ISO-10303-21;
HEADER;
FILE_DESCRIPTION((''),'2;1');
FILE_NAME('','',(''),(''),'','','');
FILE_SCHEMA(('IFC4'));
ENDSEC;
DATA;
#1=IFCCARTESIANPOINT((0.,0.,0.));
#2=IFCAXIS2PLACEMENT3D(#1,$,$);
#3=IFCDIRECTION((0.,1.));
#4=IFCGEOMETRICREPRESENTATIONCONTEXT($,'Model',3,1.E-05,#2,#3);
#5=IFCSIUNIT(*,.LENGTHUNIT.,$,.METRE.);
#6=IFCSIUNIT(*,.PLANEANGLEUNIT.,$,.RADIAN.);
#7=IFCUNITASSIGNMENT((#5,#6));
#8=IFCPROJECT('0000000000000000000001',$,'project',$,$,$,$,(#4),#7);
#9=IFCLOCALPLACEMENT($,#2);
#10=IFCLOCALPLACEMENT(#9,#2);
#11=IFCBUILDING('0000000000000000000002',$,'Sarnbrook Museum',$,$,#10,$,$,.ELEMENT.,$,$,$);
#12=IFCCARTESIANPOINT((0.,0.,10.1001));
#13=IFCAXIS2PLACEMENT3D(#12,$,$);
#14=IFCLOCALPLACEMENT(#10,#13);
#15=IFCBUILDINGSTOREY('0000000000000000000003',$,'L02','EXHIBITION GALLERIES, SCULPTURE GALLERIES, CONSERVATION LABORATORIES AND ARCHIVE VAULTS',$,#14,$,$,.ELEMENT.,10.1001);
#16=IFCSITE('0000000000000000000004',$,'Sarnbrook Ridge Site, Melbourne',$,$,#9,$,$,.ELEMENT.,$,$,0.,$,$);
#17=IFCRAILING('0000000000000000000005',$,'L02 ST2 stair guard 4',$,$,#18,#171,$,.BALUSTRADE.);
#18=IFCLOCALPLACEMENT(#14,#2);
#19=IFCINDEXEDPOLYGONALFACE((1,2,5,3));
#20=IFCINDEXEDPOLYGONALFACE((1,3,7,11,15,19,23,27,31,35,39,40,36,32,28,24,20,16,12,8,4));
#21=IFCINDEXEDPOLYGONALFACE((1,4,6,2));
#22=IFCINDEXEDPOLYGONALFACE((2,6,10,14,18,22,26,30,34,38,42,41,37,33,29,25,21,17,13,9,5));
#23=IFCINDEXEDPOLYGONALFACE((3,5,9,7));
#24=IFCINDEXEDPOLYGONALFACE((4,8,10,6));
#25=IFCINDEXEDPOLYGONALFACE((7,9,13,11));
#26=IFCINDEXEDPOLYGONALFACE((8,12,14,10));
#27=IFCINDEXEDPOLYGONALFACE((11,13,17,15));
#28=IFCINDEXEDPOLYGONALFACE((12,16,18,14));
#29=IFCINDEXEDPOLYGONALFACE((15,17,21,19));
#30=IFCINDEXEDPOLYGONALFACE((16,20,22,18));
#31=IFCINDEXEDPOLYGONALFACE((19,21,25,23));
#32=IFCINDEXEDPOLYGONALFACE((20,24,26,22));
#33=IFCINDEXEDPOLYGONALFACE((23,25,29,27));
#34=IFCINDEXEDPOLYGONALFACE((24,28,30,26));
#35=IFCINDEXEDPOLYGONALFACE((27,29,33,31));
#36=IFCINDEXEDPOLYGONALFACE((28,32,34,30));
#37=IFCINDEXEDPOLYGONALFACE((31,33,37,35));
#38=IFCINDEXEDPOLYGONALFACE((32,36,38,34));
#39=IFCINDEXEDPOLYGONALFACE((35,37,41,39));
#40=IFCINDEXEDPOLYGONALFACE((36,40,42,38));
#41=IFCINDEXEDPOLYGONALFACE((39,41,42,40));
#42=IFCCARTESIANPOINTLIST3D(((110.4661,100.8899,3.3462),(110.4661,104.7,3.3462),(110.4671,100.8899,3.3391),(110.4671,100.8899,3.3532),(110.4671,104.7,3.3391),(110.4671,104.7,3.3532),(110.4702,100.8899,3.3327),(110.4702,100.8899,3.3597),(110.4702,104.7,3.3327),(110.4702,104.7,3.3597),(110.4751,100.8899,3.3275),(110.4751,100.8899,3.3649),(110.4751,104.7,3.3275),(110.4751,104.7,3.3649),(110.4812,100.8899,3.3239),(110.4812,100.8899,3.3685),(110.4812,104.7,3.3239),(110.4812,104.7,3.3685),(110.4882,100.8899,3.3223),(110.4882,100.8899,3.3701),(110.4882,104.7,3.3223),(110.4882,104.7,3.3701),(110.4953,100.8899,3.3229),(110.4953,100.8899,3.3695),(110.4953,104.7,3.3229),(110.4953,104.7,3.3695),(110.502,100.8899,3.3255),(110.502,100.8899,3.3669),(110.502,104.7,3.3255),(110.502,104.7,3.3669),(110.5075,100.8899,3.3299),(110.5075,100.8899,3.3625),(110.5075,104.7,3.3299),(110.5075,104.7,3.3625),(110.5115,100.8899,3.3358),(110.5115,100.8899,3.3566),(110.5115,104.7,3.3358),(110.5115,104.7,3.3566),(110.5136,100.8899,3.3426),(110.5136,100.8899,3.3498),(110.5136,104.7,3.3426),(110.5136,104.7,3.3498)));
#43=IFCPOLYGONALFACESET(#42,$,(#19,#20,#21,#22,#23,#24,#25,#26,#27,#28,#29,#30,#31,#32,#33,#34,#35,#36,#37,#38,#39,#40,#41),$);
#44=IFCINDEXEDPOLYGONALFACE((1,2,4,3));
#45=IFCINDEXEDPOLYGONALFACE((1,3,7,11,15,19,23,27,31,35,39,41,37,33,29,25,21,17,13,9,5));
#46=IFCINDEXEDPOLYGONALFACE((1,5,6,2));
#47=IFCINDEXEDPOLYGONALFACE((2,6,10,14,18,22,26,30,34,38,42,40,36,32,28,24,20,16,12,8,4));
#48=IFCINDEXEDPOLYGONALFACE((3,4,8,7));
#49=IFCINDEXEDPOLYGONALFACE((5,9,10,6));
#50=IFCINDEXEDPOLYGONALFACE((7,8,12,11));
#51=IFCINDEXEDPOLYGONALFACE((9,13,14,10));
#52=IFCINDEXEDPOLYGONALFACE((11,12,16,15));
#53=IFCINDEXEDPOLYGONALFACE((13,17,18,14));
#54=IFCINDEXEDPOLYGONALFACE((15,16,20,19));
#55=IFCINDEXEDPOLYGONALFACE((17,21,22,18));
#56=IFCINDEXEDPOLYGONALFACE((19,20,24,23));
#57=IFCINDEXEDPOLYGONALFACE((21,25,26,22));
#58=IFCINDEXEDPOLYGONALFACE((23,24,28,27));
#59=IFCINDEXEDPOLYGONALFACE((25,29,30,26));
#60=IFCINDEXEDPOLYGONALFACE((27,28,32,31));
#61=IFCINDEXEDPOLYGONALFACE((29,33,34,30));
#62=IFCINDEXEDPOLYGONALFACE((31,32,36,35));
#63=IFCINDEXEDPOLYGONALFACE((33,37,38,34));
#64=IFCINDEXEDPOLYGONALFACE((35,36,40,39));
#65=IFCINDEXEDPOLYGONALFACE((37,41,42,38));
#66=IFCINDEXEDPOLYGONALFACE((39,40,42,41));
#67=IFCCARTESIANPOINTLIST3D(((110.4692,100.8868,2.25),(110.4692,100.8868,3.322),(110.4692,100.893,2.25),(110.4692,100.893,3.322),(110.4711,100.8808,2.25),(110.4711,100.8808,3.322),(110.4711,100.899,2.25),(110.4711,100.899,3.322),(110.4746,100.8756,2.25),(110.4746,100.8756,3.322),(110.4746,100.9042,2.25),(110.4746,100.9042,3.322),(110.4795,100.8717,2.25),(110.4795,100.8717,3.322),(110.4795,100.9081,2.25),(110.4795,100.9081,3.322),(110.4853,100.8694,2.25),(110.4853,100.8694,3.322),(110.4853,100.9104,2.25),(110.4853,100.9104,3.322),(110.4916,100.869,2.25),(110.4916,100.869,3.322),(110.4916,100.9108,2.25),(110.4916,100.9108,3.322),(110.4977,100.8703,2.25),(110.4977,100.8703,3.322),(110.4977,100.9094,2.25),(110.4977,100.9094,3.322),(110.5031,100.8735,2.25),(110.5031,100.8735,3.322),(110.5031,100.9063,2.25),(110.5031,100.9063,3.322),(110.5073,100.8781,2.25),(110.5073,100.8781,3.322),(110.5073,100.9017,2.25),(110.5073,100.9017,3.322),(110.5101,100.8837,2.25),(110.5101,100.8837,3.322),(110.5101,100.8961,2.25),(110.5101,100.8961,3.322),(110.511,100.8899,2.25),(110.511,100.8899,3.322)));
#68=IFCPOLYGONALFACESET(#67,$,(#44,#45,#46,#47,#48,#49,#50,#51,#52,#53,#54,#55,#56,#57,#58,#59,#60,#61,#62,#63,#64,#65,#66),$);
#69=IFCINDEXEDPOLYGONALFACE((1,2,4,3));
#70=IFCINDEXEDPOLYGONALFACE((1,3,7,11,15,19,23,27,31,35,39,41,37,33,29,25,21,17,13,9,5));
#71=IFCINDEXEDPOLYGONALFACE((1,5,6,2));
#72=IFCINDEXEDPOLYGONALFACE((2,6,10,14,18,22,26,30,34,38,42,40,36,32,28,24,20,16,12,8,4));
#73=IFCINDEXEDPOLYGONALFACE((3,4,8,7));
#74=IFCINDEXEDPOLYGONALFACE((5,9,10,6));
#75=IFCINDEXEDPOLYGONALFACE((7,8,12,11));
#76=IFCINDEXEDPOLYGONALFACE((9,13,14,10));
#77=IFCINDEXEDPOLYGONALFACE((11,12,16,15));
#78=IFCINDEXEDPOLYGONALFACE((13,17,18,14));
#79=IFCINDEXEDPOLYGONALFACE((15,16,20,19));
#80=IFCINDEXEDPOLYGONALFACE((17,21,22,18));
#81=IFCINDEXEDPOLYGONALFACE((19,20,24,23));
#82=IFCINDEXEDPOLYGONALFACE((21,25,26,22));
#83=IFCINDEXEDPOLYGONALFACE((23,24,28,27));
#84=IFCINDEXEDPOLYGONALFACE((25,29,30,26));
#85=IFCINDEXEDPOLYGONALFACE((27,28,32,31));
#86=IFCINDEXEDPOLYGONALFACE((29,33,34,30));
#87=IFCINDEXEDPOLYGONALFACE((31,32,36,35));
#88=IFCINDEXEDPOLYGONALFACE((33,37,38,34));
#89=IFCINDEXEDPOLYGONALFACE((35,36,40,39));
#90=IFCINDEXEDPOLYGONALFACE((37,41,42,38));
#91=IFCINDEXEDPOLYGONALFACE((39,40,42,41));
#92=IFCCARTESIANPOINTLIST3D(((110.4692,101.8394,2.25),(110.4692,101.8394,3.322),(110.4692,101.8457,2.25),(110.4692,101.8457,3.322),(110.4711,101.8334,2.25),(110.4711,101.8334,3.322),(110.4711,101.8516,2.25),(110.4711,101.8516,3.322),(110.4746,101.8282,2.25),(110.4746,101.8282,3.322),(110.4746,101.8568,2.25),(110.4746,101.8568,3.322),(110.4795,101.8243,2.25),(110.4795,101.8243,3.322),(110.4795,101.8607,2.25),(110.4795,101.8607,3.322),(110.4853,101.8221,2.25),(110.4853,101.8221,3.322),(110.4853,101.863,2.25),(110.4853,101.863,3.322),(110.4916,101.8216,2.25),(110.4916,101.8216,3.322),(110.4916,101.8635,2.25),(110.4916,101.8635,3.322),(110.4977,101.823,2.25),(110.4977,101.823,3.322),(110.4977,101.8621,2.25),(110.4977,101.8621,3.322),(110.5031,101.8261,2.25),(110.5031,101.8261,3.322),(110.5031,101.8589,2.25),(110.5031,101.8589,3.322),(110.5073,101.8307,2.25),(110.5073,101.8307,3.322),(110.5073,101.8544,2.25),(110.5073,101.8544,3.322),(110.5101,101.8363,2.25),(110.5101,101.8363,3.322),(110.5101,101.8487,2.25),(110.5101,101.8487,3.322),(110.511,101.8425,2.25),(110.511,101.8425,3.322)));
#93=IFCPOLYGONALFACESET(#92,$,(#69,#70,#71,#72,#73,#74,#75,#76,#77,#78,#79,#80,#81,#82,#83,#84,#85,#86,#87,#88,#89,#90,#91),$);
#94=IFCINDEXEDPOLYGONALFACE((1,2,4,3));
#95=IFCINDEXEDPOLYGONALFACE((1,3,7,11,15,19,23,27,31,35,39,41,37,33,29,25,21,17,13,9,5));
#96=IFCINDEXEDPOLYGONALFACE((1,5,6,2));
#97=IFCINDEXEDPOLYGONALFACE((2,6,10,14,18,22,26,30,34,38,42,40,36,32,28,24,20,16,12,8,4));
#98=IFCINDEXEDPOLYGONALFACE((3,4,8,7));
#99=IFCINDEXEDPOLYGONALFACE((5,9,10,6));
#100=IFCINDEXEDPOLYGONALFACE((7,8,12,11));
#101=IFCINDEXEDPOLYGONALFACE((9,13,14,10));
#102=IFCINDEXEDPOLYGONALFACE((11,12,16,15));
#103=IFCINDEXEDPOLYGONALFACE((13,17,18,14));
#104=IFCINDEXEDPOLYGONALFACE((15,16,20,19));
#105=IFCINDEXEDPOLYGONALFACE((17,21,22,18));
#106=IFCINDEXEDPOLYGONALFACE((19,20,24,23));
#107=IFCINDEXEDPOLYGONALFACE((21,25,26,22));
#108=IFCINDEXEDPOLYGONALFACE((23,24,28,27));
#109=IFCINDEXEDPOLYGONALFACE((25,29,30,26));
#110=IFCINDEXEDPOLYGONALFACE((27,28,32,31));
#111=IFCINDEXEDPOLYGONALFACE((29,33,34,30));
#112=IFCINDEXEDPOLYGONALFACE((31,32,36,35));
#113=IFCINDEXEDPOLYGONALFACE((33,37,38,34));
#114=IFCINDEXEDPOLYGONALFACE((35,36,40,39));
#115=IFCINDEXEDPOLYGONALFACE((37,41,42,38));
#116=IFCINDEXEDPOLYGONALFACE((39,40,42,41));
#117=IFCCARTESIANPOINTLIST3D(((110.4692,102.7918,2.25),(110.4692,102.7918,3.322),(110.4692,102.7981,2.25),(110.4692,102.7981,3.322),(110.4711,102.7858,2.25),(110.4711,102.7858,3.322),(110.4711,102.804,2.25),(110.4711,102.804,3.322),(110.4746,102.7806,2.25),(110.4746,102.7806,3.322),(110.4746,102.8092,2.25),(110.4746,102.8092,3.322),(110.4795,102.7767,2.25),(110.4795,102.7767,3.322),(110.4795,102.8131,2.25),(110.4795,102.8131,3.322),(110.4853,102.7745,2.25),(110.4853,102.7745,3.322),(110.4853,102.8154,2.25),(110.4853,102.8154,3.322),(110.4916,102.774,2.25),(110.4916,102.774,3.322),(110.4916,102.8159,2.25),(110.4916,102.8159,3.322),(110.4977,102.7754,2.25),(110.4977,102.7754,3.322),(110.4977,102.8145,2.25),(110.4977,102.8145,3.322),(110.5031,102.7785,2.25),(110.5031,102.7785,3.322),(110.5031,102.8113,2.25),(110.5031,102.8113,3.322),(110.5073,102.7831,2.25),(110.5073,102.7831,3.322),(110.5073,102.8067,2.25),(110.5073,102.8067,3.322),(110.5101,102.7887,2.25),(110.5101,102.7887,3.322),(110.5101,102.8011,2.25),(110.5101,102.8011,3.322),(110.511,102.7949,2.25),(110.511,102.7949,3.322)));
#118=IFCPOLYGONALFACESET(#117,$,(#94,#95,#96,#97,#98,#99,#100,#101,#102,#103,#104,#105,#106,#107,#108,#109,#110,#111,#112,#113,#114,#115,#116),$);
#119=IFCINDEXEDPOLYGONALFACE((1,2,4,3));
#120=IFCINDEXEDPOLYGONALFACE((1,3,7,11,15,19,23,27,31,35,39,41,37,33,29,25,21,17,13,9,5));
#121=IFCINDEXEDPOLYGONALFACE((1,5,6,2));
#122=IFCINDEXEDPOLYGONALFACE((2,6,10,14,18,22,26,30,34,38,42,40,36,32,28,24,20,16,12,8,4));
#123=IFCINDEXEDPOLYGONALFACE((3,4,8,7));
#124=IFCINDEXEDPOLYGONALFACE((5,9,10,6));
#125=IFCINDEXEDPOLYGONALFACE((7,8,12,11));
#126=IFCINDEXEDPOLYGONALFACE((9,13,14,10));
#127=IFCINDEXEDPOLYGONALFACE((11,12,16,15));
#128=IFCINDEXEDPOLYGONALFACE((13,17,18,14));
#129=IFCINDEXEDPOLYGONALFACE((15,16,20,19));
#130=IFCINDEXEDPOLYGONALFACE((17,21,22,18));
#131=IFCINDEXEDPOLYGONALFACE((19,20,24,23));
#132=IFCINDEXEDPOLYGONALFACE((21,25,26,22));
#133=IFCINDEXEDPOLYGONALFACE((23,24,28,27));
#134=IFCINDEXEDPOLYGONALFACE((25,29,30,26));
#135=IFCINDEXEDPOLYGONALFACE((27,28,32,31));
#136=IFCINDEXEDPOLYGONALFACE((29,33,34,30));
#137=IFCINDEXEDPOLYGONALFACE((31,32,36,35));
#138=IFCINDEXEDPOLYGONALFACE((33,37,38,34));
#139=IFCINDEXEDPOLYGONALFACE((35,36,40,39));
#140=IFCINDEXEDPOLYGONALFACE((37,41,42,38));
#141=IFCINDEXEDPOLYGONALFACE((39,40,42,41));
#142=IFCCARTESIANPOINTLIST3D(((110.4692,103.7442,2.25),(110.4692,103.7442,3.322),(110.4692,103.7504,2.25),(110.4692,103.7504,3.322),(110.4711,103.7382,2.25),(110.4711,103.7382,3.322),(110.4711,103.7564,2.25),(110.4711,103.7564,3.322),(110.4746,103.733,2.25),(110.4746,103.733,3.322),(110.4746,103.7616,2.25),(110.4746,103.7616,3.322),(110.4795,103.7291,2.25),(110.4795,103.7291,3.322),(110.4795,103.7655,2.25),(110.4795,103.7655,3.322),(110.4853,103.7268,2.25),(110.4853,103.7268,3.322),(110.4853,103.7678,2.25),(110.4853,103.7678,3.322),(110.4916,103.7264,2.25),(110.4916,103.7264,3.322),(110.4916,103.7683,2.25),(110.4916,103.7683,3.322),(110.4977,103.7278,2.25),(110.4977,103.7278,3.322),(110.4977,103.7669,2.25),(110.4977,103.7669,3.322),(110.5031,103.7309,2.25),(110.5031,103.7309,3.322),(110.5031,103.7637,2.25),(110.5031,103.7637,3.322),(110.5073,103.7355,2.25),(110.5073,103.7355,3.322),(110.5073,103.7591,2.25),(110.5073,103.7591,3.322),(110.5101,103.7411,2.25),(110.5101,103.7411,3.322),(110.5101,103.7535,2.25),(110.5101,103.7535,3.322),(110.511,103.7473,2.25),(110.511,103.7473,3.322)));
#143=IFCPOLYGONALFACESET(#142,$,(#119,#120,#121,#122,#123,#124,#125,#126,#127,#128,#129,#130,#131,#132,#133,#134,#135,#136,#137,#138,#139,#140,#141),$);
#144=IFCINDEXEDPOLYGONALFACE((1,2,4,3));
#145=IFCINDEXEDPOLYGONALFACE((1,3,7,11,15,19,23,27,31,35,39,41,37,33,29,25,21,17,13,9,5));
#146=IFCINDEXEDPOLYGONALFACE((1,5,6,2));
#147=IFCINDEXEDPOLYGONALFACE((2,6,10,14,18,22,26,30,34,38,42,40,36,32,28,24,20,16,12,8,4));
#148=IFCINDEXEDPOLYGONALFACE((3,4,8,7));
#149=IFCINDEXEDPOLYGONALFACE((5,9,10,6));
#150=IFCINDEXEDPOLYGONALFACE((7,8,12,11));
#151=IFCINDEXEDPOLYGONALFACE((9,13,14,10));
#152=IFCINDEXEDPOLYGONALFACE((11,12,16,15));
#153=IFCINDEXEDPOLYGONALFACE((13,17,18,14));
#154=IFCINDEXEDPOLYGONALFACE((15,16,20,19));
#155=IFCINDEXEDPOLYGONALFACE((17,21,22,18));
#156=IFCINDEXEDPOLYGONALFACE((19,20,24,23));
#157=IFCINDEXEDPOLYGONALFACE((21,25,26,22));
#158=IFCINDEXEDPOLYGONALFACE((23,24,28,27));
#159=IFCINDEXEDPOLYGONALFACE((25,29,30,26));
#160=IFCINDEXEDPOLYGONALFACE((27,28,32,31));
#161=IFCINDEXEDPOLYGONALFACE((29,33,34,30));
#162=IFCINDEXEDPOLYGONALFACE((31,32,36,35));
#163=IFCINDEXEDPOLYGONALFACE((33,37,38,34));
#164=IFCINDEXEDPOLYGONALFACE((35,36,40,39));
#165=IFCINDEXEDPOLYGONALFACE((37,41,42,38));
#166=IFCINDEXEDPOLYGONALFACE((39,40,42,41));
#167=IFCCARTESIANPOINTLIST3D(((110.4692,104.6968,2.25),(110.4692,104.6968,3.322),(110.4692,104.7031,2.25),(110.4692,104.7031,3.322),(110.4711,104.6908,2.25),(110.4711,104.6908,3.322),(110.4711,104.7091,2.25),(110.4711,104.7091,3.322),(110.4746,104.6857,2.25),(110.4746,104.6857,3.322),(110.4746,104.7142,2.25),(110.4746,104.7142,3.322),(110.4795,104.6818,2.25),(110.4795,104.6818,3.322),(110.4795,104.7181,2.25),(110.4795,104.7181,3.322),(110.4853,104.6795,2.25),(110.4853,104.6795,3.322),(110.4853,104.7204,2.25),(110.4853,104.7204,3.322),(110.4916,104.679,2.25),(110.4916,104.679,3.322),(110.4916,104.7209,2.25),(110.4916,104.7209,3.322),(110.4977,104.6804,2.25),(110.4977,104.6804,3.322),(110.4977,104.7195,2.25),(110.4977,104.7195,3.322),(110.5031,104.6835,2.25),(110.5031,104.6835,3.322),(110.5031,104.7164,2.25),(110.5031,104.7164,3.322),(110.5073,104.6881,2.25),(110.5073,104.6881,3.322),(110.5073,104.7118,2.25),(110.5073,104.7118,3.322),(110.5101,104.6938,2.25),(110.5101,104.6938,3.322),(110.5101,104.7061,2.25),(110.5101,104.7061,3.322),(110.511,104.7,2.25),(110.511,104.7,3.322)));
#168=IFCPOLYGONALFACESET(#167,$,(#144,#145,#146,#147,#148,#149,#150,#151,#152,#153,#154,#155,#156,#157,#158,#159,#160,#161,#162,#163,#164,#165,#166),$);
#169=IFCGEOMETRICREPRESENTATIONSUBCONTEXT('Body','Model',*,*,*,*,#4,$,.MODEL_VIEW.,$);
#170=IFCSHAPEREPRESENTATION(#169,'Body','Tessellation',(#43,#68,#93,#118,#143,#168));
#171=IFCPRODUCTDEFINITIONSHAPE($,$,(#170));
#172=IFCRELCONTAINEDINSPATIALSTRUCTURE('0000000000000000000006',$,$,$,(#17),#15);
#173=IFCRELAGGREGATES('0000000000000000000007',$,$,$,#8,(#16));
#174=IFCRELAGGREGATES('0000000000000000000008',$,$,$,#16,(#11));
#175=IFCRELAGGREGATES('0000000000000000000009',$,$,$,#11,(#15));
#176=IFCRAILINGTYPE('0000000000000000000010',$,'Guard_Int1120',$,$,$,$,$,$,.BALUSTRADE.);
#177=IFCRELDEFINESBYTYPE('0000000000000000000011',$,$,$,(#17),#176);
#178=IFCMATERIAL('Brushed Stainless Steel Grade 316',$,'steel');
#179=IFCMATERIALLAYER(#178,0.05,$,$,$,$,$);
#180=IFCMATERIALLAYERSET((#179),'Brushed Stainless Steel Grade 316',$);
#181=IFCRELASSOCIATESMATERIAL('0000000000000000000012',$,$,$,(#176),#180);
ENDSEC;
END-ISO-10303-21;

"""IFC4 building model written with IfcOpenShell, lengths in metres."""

from ifc_helpers import new_model, si_unit, direction, frame, origin, origin_2d, place, context, subcontext, project, spatial, circle, extrude, material, layer, layer_set, type_object, element, save


model = new_model("IFC4")

# Units and contexts
model_context = context("Model", 3, precision=1e-05, world=origin(), true_north=direction((0.0, 1.0)))
body_context = subcontext(model_context, "Body", "Model", "MODEL_VIEW")
ifc_project = project(units=[si_unit("LENGTHUNIT", "METRE"), si_unit("PLANEANGLEUNIT", "RADIAN")], contexts=[model_context])

# Site, building, storey
site_placement = place(None, origin())
site = spatial("IfcSite", under=ifc_project, at=site_placement, Name="Sarnbrook Ridge Site, Melbourne", CompositionType="ELEMENT", RefElevation=0.0)
building_placement = place(site_placement, origin())
building = spatial("IfcBuilding", under=site, at=building_placement, Name="Sarnbrook Museum", CompositionType="ELEMENT")
storey_placement = place(building_placement, frame((0.0, 0.0, 10.1001)))
storey = spatial("IfcBuildingStorey", under=building, at=storey_placement, Name="L02", Description="EXHIBITION GALLERIES, SCULPTURE GALLERIES, CONSERVATION LABORATORIES AND ARCHIVE VAULTS", CompositionType="ELEMENT", Elevation=10.1001)

# Shared definitions
ifc_material_1 = material(Name="Brushed Stainless Steel Grade 316", Category="steel")

# Railing
ifc_layer_1 = layer(ifc_material_1, 0.05)
ifc_layer_set_1 = layer_set([ifc_layer_1], Name="Brushed Stainless Steel Grade 316")
railing_type_1 = type_object("IfcRailingType", Name="Guard_Int1120", PredefinedType="BALUSTRADE", material=ifc_layer_set_1)
for number, where, name in (
    (1, (110.49, 100.8899, 2.25), "L02 ST2 stair guard 4"),
):
    element("IfcRailing", number, at=place(storey_placement, frame(where)), inside=storey, type_object=railing_type_1, Name=name, PredefinedType="BALUSTRADE", context=body_context, shape_type="SweptSolid", body=[
        extrude(circle(Radius=0.0239, at=origin_2d()), frame((0.0, 0.0, 1.0962), z_axis=(0.0, 1.0, 0.0), x_axis=(-1.0, 0.0, 0.0)), (0.0, 0.0, 1.0), 3.8101),
        extrude(circle(Radius=0.021, at=origin_2d()), origin(), (0.0, 0.0, 1.0), 1.072),
        extrude(circle(Radius=0.021, at=origin_2d()), frame((0.0, 0.9526, 0.0)), (0.0, 0.0, 1.0), 1.072),
        extrude(circle(Radius=0.021, at=origin_2d()), frame((0.0, 1.905, 0.0)), (0.0, 0.0, 1.0), 1.072),
        extrude(circle(Radius=0.021, at=origin_2d()), frame((0.0, 2.8574, 0.0)), (0.0, 0.0, 1.0), 1.072),
        extrude(circle(Radius=0.021, at=origin_2d()), frame((0.0, 3.8101, 0.0)), (0.0, 0.0, 1.0), 1.072),
    ])

save(model, "model.ifc")
